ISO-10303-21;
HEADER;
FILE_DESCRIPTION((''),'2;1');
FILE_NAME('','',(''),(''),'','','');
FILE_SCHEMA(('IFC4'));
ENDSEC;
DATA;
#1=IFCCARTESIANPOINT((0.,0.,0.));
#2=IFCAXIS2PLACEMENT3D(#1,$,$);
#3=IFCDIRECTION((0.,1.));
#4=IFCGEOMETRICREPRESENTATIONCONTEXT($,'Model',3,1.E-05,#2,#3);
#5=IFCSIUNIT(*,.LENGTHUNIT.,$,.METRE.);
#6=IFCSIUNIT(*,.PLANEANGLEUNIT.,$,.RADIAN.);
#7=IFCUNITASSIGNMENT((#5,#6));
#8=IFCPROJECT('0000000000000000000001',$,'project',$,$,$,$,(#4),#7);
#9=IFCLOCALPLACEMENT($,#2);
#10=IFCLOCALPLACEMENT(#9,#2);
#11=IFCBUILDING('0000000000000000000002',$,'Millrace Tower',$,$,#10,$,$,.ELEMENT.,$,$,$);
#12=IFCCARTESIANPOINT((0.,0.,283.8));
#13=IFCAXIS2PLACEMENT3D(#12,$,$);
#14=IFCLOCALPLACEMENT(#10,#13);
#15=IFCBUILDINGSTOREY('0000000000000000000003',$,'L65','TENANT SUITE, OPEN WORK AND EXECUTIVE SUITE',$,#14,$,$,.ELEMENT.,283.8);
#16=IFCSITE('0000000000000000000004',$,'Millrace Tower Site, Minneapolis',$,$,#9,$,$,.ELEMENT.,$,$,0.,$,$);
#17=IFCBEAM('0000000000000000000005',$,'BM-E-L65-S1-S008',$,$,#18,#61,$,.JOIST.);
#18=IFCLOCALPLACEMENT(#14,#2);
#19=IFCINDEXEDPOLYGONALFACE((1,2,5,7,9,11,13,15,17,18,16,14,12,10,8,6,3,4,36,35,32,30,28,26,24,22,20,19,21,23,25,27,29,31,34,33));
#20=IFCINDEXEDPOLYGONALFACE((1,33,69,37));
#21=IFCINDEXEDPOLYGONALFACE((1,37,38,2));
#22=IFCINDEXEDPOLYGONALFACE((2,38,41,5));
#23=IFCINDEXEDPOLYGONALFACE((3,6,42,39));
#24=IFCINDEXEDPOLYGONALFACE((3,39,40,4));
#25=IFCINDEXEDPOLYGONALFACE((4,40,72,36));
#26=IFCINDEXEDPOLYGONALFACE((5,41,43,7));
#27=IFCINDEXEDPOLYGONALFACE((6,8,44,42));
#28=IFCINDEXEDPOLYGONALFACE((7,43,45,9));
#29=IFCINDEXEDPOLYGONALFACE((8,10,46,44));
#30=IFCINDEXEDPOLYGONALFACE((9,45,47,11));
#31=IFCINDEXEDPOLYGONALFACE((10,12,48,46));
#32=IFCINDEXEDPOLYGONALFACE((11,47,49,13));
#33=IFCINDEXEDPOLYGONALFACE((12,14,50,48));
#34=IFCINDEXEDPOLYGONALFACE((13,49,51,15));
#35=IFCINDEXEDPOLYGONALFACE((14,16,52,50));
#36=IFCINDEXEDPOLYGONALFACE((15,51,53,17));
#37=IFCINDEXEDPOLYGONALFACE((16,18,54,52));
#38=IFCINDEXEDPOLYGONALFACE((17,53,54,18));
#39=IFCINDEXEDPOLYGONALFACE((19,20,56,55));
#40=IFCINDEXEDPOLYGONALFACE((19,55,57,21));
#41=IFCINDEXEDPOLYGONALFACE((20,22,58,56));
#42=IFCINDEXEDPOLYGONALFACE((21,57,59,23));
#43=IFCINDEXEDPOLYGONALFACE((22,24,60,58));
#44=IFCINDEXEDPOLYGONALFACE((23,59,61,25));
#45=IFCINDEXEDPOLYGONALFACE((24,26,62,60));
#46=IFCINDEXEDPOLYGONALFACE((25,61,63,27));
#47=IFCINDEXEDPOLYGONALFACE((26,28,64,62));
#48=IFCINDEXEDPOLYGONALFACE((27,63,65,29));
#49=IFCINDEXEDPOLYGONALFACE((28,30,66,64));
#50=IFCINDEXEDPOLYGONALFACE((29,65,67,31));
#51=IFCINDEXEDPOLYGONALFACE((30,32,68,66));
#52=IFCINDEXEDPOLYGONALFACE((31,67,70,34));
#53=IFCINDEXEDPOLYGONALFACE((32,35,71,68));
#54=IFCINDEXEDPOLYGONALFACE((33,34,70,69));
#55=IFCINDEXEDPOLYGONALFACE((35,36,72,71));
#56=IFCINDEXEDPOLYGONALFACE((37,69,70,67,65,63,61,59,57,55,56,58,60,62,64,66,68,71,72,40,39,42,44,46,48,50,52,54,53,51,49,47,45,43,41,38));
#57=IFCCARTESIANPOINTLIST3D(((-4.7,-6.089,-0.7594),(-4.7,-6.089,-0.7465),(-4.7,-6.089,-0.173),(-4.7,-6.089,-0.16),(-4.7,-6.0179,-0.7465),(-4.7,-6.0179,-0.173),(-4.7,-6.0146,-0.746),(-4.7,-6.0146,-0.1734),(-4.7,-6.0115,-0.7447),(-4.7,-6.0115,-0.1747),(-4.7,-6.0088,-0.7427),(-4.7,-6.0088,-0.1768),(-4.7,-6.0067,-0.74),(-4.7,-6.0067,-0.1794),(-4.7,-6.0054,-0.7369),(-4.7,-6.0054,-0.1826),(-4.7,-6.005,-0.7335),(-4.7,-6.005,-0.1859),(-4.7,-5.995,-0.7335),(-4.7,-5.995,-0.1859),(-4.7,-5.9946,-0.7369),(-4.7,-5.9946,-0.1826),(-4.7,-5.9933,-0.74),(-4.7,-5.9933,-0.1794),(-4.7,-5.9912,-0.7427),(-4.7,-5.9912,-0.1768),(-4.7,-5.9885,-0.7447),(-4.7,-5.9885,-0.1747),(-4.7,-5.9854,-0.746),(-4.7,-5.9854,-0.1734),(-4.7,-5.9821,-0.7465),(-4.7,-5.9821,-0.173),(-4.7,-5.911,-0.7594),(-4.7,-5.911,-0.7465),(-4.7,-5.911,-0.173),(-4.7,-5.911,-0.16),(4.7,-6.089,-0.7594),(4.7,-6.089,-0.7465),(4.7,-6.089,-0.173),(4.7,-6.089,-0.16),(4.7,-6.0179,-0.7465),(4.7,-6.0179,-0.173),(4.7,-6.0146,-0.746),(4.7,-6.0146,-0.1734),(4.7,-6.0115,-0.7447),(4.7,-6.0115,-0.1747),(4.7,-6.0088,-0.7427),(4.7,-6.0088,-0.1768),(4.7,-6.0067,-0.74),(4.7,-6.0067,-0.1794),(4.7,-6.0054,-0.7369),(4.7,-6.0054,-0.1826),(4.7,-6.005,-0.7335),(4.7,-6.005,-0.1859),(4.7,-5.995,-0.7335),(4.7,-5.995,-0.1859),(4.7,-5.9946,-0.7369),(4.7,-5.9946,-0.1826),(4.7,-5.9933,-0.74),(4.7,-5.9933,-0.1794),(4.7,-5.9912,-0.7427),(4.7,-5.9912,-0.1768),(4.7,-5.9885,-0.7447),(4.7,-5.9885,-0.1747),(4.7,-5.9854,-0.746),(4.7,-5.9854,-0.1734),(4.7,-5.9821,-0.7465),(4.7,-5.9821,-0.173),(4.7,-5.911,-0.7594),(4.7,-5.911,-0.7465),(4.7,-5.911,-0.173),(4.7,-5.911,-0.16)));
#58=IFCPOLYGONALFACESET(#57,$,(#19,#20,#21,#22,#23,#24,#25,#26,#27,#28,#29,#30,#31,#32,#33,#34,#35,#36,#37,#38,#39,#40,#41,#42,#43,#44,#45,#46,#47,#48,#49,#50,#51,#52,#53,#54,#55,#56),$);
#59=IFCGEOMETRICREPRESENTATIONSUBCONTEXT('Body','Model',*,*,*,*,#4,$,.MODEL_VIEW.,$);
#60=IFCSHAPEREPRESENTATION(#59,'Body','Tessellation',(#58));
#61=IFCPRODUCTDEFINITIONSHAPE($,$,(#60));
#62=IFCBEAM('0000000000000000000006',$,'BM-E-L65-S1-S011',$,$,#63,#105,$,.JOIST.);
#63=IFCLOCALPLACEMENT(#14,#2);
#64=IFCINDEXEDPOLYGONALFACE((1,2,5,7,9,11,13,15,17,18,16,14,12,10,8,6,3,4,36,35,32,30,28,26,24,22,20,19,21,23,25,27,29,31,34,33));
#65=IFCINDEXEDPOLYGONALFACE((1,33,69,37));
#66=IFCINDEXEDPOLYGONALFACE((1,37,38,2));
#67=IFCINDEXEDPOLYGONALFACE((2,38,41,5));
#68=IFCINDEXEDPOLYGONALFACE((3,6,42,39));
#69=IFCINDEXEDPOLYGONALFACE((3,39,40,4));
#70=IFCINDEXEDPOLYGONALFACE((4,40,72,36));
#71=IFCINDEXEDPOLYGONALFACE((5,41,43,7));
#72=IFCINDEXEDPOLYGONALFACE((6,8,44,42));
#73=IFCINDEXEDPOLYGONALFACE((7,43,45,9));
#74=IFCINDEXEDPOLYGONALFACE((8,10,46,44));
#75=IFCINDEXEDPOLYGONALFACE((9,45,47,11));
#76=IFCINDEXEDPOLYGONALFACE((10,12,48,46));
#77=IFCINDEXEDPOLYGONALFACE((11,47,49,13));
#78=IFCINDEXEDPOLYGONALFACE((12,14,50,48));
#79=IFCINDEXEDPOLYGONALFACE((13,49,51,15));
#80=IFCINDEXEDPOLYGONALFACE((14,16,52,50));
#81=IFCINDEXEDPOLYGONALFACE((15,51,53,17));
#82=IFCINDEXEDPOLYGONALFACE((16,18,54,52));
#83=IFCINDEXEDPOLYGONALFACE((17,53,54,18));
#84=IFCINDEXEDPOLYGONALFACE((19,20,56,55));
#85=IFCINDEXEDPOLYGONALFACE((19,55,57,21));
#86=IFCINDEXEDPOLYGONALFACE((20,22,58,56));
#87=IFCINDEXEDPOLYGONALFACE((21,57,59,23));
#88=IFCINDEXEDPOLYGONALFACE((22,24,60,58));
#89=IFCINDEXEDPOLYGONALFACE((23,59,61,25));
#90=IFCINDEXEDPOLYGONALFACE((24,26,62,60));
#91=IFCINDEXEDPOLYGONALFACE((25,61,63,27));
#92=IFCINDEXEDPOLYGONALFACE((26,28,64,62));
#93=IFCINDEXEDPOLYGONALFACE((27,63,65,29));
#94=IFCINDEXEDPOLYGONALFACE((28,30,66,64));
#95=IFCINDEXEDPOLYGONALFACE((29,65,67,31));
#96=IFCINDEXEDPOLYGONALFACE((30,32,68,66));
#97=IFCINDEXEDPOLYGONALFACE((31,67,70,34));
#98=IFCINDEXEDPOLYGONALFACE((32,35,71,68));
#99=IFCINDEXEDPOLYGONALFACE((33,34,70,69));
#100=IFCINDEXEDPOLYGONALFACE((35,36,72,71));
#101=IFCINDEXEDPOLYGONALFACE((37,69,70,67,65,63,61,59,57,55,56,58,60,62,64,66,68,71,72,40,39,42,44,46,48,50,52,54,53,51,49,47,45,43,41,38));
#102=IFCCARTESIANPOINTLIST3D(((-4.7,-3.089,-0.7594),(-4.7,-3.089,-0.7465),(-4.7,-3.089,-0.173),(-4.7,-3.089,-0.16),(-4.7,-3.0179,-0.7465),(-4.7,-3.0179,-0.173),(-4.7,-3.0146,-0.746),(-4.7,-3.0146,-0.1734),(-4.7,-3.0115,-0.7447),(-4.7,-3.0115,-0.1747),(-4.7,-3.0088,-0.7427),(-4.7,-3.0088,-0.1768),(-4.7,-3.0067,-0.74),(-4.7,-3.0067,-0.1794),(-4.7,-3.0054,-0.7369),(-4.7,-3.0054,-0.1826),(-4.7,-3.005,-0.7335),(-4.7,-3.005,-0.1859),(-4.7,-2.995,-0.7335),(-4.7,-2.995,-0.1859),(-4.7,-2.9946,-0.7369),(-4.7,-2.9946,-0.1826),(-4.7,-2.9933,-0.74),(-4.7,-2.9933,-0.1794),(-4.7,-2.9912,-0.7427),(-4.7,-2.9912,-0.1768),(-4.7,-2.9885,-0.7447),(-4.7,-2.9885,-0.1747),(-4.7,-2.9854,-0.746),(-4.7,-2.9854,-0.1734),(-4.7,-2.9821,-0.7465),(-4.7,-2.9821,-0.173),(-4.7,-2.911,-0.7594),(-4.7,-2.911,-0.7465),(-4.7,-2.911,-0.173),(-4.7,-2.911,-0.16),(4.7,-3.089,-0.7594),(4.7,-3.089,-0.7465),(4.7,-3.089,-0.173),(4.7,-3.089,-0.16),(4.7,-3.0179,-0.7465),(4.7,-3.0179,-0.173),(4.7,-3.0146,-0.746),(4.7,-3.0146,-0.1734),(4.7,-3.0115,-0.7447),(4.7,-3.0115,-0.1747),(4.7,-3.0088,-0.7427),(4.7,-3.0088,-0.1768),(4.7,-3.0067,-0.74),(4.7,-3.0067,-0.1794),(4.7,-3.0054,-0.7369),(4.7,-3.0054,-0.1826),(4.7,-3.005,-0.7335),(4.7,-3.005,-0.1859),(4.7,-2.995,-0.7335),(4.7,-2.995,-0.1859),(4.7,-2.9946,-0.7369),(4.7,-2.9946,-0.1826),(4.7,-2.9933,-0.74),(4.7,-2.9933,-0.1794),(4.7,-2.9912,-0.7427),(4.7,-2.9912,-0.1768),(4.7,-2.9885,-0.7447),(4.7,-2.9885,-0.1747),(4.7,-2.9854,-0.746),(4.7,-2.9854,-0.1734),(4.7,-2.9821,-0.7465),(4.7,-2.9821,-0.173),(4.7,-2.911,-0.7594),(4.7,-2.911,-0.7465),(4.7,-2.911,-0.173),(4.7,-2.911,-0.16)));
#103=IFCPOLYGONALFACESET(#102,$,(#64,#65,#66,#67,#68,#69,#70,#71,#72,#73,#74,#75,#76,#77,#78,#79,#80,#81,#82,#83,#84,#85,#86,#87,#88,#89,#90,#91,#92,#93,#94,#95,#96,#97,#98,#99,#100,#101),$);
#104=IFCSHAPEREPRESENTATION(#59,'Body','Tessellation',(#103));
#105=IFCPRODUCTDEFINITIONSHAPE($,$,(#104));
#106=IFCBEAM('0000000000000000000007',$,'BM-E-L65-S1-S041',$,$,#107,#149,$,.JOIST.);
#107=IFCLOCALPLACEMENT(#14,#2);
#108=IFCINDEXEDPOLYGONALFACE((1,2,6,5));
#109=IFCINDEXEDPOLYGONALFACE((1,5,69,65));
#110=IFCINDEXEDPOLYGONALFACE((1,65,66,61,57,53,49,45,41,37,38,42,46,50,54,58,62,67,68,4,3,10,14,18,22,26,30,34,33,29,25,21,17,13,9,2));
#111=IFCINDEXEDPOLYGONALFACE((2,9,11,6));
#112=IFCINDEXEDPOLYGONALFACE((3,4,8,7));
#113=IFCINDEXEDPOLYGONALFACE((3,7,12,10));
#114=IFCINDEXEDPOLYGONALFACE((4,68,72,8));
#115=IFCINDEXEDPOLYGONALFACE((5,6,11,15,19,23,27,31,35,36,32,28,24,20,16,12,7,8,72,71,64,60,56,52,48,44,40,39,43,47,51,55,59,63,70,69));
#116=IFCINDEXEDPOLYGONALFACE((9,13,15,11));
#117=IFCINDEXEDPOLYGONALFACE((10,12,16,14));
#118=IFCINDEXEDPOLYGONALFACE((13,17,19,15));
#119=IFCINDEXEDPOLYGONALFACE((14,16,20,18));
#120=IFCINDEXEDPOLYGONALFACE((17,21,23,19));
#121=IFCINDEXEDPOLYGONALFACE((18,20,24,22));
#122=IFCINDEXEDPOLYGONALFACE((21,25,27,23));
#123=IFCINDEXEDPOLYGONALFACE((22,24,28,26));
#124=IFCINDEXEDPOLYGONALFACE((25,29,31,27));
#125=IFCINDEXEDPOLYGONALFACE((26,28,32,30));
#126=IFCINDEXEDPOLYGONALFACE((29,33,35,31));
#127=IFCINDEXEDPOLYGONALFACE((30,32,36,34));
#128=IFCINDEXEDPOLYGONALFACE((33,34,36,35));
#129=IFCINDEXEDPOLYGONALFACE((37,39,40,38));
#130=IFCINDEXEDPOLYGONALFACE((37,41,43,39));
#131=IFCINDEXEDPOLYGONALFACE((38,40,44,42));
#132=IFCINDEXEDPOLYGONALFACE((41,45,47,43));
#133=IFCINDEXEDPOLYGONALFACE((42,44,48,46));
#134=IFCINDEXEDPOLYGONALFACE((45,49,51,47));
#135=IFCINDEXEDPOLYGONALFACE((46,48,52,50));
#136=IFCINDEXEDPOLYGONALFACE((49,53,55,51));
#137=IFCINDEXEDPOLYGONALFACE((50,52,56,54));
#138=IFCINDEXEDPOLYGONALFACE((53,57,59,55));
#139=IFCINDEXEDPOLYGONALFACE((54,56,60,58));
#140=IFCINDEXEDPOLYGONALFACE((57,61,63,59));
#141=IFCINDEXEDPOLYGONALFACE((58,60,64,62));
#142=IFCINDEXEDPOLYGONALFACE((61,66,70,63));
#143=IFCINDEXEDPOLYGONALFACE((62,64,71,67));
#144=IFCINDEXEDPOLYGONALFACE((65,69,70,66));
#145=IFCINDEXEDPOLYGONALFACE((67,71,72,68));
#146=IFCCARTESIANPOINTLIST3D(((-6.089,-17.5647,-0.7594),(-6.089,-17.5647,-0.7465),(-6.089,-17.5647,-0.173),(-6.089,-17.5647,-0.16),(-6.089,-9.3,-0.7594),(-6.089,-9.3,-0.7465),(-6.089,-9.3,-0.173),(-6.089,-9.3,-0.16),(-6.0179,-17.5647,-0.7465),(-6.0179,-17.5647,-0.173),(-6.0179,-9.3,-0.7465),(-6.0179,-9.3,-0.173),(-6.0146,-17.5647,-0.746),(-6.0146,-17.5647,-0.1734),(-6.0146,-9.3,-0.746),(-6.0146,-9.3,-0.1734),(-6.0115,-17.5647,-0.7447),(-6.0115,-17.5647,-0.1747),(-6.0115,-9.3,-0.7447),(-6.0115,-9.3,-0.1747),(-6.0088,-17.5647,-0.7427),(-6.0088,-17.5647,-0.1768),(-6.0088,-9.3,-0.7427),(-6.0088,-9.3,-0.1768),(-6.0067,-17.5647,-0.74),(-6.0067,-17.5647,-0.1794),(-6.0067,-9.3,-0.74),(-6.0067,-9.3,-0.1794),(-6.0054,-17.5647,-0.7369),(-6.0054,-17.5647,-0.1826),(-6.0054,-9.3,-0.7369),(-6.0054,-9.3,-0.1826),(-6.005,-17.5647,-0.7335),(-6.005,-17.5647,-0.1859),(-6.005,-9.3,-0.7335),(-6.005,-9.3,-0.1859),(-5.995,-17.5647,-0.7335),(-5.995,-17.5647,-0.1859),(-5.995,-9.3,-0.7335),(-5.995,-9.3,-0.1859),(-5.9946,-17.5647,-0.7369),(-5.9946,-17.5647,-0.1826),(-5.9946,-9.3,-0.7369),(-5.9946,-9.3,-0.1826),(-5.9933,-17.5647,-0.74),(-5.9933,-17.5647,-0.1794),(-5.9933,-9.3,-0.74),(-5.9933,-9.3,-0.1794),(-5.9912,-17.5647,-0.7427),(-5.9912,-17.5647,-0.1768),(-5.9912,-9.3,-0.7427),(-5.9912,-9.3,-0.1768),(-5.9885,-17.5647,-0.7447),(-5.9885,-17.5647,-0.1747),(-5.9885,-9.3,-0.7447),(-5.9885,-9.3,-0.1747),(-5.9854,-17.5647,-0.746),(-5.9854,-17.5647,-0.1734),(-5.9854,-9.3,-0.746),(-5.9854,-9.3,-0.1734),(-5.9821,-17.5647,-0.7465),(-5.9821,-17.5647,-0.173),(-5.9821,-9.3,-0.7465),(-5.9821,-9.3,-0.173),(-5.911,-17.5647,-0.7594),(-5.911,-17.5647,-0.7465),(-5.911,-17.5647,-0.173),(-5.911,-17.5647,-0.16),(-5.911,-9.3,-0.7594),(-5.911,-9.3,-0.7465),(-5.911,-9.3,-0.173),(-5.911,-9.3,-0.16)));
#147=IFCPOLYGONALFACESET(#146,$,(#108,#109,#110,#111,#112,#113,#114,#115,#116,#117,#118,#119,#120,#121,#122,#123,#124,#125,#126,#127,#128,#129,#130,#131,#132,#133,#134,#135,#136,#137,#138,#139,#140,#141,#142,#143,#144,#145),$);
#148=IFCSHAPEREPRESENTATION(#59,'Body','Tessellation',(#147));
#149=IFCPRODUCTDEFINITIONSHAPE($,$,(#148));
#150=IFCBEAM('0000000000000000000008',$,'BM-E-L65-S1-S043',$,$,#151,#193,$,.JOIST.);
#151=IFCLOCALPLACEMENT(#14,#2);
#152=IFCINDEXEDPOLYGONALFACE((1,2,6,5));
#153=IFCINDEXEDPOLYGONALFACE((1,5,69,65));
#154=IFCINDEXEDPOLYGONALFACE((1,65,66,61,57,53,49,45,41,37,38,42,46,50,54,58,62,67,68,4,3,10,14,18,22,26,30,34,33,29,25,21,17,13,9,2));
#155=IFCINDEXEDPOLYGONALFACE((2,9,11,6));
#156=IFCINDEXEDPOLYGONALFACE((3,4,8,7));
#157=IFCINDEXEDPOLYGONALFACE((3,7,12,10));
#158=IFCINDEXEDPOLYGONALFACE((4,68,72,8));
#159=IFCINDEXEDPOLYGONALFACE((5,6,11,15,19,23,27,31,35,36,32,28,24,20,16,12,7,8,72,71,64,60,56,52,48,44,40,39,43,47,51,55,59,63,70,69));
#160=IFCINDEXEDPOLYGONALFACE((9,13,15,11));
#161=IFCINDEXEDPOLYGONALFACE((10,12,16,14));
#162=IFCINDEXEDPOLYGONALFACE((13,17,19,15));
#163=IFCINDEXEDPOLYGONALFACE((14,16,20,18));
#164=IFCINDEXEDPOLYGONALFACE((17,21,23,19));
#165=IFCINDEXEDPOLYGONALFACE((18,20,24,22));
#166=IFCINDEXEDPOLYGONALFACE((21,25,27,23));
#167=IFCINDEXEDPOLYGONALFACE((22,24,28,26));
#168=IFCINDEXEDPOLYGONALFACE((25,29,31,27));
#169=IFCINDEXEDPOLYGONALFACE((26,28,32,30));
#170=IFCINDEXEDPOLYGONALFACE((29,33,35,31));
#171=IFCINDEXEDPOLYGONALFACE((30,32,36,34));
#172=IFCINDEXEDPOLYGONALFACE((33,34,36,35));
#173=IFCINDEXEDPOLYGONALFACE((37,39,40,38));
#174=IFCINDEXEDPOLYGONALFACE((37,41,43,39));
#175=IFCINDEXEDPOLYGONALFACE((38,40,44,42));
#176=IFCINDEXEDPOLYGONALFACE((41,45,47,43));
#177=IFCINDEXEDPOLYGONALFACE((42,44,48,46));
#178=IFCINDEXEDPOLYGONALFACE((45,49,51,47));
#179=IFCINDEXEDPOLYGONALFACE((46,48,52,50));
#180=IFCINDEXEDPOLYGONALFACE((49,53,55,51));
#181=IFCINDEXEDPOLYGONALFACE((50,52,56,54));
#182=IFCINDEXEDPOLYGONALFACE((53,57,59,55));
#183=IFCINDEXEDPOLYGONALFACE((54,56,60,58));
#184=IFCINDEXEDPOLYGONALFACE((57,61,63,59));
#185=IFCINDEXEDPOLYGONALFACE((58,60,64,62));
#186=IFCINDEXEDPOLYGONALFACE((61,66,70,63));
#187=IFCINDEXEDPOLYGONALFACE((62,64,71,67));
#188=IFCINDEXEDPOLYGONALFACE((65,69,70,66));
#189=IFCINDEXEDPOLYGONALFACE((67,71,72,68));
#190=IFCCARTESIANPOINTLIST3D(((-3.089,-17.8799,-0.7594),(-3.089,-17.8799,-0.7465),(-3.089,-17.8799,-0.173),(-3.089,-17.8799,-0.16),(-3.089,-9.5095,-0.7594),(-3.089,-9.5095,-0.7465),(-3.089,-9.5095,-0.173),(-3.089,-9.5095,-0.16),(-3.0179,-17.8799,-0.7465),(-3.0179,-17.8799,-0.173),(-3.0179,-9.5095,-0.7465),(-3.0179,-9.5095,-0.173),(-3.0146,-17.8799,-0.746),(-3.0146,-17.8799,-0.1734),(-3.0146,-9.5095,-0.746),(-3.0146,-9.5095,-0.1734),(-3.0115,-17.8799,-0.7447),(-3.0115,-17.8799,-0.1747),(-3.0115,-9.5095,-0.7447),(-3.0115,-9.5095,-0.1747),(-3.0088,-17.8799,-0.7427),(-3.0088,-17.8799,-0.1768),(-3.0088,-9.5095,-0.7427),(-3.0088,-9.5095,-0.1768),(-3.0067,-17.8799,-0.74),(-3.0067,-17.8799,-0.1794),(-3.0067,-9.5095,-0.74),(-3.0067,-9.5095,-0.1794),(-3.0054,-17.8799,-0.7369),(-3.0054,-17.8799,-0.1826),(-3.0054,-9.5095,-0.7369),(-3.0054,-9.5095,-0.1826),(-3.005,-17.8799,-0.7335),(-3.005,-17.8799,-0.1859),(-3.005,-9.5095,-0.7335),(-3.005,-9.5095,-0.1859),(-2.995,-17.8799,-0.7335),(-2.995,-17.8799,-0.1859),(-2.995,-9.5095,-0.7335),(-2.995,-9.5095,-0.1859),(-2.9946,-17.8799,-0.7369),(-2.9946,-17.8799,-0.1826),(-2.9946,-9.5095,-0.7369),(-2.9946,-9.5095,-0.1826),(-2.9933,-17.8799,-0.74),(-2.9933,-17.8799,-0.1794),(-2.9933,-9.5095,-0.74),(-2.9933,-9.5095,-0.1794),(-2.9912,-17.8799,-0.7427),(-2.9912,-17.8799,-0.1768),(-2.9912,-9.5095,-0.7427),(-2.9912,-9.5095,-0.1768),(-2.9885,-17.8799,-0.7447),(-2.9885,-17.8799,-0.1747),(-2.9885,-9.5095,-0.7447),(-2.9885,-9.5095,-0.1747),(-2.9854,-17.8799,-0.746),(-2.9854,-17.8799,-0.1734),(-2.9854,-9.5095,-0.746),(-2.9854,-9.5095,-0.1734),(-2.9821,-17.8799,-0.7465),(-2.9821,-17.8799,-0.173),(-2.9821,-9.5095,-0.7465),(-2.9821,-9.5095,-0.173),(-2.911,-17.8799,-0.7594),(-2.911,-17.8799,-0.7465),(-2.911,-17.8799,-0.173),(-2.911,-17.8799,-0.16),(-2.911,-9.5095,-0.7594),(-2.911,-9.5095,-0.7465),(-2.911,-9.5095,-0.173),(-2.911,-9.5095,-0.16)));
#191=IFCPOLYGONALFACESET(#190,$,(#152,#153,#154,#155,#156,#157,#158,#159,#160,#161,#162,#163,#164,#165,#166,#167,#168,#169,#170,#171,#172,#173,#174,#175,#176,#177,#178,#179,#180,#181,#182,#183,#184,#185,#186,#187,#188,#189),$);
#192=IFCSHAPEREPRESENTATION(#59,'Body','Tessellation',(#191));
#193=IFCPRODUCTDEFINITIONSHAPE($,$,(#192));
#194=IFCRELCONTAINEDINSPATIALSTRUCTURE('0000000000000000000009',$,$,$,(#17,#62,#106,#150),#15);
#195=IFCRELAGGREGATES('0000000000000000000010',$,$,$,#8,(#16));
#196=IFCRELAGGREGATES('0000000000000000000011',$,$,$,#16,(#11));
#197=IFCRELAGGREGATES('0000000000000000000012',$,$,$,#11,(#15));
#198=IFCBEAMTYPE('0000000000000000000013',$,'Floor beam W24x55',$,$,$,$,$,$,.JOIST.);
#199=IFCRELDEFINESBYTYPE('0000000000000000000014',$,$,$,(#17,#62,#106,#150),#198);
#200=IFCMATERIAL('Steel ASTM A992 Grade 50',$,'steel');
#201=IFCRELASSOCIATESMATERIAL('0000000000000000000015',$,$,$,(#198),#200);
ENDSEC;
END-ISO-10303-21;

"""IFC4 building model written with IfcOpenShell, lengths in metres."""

from ifc_helpers import new_model, si_unit, direction, frame, origin, origin_2d, place, context, subcontext, project, spatial, i_section, extrude, material, material_profile, profile_set, type_object, element, save


model = new_model("IFC4")

# Units and contexts
model_context = context("Model", 3, precision=1e-05, world=origin(), true_north=direction((0.0, 1.0)))
body_context = subcontext(model_context, "Body", "Model", "MODEL_VIEW")
ifc_project = project(units=[si_unit("LENGTHUNIT", "METRE"), si_unit("PLANEANGLEUNIT", "RADIAN")], contexts=[model_context])

# Site, building, storey
site_placement = place(None, origin())
site = spatial("IfcSite", under=ifc_project, at=site_placement, Name="Millrace Tower Site, Minneapolis", CompositionType="ELEMENT", RefElevation=0.0)
building_placement = place(site_placement, origin())
building = spatial("IfcBuilding", under=site, at=building_placement, Name="Millrace Tower", CompositionType="ELEMENT")
storey_placement = place(building_placement, frame((0.0, 0.0, 283.8)))
storey = spatial("IfcBuildingStorey", under=building, at=storey_placement, Name="L65", Description="TENANT SUITE, OPEN WORK AND EXECUTIVE SUITE", CompositionType="ELEMENT", Elevation=283.8)

# Beams
ifc_material_1 = material(Name="Steel ASTM A992 Grade 50", Category="steel")
ifc_material_profile_1 = material_profile(ifc_material_1, i_section(OverallWidth=0.178, OverallDepth=0.5994, WebThickness=0.01, FlangeThickness=0.0129, FilletRadius=0.0129, at=origin_2d()))
ifc_profile_set_1 = profile_set([ifc_material_profile_1], Name="Steel ASTM A992 Grade 50")
beam_type_1 = type_object("IfcBeamType", Name="Floor beam W24x55", PredefinedType="JOIST", material=ifc_profile_set_1)
for number, where, z_axis, x_axis, name in (
    (1, (-4.7, -6.0, -0.4597), (1.0, 0.0, 0.0), (0.0, 1.0, 0.0), "BM-E-L65-S1-S008"),
    (2, (-4.7, -3.0, -0.4597), (1.0, 0.0, 0.0), (0.0, 1.0, 0.0), "BM-E-L65-S1-S011"),
):
    element("IfcBeam", number, at=place(storey_placement, frame(where, z_axis=z_axis, x_axis=x_axis)), inside=storey, type_object=beam_type_1, Name=name, PredefinedType="JOIST", context=body_context, shape_type="SweptSolid", body=[
        extrude(i_section(OverallWidth=0.178, OverallDepth=0.5994, WebThickness=0.01, FlangeThickness=0.0129, FilletRadius=0.0129, at=origin_2d()), origin(), (0.0, 0.0, 1.0), 9.3999),
    ])
beam_1_placement = place(storey_placement, frame((-6.0, -17.5647, -0.4597), z_axis=(0.0, 1.0, 0.0), x_axis=(-1.0, 0.0, 0.0)))
element("IfcBeam", 3, at=beam_1_placement, inside=storey, type_object=beam_type_1, Name="BM-E-L65-S1-S041", PredefinedType="JOIST", context=body_context, shape_type="SweptSolid", body=[
    extrude(i_section(OverallWidth=0.178, OverallDepth=0.5994, WebThickness=0.01, FlangeThickness=0.0129, FilletRadius=0.0129, at=origin_2d()), origin(), (0.0, 0.0, 1.0), 8.2646),
])
beam_2_placement = place(storey_placement, frame((-3.0, -17.8799, -0.4597), z_axis=(0.0, 1.0, 0.0), x_axis=(-1.0, 0.0, 0.0)))
element("IfcBeam", 4, at=beam_2_placement, inside=storey, type_object=beam_type_1, Name="BM-E-L65-S1-S043", PredefinedType="JOIST", context=body_context, shape_type="SweptSolid", body=[
    extrude(i_section(OverallWidth=0.178, OverallDepth=0.5994, WebThickness=0.01, FlangeThickness=0.0129, FilletRadius=0.0129, at=origin_2d()), origin(), (0.0, 0.0, 1.0), 8.3704),
])

save(model, "model.ifc")
